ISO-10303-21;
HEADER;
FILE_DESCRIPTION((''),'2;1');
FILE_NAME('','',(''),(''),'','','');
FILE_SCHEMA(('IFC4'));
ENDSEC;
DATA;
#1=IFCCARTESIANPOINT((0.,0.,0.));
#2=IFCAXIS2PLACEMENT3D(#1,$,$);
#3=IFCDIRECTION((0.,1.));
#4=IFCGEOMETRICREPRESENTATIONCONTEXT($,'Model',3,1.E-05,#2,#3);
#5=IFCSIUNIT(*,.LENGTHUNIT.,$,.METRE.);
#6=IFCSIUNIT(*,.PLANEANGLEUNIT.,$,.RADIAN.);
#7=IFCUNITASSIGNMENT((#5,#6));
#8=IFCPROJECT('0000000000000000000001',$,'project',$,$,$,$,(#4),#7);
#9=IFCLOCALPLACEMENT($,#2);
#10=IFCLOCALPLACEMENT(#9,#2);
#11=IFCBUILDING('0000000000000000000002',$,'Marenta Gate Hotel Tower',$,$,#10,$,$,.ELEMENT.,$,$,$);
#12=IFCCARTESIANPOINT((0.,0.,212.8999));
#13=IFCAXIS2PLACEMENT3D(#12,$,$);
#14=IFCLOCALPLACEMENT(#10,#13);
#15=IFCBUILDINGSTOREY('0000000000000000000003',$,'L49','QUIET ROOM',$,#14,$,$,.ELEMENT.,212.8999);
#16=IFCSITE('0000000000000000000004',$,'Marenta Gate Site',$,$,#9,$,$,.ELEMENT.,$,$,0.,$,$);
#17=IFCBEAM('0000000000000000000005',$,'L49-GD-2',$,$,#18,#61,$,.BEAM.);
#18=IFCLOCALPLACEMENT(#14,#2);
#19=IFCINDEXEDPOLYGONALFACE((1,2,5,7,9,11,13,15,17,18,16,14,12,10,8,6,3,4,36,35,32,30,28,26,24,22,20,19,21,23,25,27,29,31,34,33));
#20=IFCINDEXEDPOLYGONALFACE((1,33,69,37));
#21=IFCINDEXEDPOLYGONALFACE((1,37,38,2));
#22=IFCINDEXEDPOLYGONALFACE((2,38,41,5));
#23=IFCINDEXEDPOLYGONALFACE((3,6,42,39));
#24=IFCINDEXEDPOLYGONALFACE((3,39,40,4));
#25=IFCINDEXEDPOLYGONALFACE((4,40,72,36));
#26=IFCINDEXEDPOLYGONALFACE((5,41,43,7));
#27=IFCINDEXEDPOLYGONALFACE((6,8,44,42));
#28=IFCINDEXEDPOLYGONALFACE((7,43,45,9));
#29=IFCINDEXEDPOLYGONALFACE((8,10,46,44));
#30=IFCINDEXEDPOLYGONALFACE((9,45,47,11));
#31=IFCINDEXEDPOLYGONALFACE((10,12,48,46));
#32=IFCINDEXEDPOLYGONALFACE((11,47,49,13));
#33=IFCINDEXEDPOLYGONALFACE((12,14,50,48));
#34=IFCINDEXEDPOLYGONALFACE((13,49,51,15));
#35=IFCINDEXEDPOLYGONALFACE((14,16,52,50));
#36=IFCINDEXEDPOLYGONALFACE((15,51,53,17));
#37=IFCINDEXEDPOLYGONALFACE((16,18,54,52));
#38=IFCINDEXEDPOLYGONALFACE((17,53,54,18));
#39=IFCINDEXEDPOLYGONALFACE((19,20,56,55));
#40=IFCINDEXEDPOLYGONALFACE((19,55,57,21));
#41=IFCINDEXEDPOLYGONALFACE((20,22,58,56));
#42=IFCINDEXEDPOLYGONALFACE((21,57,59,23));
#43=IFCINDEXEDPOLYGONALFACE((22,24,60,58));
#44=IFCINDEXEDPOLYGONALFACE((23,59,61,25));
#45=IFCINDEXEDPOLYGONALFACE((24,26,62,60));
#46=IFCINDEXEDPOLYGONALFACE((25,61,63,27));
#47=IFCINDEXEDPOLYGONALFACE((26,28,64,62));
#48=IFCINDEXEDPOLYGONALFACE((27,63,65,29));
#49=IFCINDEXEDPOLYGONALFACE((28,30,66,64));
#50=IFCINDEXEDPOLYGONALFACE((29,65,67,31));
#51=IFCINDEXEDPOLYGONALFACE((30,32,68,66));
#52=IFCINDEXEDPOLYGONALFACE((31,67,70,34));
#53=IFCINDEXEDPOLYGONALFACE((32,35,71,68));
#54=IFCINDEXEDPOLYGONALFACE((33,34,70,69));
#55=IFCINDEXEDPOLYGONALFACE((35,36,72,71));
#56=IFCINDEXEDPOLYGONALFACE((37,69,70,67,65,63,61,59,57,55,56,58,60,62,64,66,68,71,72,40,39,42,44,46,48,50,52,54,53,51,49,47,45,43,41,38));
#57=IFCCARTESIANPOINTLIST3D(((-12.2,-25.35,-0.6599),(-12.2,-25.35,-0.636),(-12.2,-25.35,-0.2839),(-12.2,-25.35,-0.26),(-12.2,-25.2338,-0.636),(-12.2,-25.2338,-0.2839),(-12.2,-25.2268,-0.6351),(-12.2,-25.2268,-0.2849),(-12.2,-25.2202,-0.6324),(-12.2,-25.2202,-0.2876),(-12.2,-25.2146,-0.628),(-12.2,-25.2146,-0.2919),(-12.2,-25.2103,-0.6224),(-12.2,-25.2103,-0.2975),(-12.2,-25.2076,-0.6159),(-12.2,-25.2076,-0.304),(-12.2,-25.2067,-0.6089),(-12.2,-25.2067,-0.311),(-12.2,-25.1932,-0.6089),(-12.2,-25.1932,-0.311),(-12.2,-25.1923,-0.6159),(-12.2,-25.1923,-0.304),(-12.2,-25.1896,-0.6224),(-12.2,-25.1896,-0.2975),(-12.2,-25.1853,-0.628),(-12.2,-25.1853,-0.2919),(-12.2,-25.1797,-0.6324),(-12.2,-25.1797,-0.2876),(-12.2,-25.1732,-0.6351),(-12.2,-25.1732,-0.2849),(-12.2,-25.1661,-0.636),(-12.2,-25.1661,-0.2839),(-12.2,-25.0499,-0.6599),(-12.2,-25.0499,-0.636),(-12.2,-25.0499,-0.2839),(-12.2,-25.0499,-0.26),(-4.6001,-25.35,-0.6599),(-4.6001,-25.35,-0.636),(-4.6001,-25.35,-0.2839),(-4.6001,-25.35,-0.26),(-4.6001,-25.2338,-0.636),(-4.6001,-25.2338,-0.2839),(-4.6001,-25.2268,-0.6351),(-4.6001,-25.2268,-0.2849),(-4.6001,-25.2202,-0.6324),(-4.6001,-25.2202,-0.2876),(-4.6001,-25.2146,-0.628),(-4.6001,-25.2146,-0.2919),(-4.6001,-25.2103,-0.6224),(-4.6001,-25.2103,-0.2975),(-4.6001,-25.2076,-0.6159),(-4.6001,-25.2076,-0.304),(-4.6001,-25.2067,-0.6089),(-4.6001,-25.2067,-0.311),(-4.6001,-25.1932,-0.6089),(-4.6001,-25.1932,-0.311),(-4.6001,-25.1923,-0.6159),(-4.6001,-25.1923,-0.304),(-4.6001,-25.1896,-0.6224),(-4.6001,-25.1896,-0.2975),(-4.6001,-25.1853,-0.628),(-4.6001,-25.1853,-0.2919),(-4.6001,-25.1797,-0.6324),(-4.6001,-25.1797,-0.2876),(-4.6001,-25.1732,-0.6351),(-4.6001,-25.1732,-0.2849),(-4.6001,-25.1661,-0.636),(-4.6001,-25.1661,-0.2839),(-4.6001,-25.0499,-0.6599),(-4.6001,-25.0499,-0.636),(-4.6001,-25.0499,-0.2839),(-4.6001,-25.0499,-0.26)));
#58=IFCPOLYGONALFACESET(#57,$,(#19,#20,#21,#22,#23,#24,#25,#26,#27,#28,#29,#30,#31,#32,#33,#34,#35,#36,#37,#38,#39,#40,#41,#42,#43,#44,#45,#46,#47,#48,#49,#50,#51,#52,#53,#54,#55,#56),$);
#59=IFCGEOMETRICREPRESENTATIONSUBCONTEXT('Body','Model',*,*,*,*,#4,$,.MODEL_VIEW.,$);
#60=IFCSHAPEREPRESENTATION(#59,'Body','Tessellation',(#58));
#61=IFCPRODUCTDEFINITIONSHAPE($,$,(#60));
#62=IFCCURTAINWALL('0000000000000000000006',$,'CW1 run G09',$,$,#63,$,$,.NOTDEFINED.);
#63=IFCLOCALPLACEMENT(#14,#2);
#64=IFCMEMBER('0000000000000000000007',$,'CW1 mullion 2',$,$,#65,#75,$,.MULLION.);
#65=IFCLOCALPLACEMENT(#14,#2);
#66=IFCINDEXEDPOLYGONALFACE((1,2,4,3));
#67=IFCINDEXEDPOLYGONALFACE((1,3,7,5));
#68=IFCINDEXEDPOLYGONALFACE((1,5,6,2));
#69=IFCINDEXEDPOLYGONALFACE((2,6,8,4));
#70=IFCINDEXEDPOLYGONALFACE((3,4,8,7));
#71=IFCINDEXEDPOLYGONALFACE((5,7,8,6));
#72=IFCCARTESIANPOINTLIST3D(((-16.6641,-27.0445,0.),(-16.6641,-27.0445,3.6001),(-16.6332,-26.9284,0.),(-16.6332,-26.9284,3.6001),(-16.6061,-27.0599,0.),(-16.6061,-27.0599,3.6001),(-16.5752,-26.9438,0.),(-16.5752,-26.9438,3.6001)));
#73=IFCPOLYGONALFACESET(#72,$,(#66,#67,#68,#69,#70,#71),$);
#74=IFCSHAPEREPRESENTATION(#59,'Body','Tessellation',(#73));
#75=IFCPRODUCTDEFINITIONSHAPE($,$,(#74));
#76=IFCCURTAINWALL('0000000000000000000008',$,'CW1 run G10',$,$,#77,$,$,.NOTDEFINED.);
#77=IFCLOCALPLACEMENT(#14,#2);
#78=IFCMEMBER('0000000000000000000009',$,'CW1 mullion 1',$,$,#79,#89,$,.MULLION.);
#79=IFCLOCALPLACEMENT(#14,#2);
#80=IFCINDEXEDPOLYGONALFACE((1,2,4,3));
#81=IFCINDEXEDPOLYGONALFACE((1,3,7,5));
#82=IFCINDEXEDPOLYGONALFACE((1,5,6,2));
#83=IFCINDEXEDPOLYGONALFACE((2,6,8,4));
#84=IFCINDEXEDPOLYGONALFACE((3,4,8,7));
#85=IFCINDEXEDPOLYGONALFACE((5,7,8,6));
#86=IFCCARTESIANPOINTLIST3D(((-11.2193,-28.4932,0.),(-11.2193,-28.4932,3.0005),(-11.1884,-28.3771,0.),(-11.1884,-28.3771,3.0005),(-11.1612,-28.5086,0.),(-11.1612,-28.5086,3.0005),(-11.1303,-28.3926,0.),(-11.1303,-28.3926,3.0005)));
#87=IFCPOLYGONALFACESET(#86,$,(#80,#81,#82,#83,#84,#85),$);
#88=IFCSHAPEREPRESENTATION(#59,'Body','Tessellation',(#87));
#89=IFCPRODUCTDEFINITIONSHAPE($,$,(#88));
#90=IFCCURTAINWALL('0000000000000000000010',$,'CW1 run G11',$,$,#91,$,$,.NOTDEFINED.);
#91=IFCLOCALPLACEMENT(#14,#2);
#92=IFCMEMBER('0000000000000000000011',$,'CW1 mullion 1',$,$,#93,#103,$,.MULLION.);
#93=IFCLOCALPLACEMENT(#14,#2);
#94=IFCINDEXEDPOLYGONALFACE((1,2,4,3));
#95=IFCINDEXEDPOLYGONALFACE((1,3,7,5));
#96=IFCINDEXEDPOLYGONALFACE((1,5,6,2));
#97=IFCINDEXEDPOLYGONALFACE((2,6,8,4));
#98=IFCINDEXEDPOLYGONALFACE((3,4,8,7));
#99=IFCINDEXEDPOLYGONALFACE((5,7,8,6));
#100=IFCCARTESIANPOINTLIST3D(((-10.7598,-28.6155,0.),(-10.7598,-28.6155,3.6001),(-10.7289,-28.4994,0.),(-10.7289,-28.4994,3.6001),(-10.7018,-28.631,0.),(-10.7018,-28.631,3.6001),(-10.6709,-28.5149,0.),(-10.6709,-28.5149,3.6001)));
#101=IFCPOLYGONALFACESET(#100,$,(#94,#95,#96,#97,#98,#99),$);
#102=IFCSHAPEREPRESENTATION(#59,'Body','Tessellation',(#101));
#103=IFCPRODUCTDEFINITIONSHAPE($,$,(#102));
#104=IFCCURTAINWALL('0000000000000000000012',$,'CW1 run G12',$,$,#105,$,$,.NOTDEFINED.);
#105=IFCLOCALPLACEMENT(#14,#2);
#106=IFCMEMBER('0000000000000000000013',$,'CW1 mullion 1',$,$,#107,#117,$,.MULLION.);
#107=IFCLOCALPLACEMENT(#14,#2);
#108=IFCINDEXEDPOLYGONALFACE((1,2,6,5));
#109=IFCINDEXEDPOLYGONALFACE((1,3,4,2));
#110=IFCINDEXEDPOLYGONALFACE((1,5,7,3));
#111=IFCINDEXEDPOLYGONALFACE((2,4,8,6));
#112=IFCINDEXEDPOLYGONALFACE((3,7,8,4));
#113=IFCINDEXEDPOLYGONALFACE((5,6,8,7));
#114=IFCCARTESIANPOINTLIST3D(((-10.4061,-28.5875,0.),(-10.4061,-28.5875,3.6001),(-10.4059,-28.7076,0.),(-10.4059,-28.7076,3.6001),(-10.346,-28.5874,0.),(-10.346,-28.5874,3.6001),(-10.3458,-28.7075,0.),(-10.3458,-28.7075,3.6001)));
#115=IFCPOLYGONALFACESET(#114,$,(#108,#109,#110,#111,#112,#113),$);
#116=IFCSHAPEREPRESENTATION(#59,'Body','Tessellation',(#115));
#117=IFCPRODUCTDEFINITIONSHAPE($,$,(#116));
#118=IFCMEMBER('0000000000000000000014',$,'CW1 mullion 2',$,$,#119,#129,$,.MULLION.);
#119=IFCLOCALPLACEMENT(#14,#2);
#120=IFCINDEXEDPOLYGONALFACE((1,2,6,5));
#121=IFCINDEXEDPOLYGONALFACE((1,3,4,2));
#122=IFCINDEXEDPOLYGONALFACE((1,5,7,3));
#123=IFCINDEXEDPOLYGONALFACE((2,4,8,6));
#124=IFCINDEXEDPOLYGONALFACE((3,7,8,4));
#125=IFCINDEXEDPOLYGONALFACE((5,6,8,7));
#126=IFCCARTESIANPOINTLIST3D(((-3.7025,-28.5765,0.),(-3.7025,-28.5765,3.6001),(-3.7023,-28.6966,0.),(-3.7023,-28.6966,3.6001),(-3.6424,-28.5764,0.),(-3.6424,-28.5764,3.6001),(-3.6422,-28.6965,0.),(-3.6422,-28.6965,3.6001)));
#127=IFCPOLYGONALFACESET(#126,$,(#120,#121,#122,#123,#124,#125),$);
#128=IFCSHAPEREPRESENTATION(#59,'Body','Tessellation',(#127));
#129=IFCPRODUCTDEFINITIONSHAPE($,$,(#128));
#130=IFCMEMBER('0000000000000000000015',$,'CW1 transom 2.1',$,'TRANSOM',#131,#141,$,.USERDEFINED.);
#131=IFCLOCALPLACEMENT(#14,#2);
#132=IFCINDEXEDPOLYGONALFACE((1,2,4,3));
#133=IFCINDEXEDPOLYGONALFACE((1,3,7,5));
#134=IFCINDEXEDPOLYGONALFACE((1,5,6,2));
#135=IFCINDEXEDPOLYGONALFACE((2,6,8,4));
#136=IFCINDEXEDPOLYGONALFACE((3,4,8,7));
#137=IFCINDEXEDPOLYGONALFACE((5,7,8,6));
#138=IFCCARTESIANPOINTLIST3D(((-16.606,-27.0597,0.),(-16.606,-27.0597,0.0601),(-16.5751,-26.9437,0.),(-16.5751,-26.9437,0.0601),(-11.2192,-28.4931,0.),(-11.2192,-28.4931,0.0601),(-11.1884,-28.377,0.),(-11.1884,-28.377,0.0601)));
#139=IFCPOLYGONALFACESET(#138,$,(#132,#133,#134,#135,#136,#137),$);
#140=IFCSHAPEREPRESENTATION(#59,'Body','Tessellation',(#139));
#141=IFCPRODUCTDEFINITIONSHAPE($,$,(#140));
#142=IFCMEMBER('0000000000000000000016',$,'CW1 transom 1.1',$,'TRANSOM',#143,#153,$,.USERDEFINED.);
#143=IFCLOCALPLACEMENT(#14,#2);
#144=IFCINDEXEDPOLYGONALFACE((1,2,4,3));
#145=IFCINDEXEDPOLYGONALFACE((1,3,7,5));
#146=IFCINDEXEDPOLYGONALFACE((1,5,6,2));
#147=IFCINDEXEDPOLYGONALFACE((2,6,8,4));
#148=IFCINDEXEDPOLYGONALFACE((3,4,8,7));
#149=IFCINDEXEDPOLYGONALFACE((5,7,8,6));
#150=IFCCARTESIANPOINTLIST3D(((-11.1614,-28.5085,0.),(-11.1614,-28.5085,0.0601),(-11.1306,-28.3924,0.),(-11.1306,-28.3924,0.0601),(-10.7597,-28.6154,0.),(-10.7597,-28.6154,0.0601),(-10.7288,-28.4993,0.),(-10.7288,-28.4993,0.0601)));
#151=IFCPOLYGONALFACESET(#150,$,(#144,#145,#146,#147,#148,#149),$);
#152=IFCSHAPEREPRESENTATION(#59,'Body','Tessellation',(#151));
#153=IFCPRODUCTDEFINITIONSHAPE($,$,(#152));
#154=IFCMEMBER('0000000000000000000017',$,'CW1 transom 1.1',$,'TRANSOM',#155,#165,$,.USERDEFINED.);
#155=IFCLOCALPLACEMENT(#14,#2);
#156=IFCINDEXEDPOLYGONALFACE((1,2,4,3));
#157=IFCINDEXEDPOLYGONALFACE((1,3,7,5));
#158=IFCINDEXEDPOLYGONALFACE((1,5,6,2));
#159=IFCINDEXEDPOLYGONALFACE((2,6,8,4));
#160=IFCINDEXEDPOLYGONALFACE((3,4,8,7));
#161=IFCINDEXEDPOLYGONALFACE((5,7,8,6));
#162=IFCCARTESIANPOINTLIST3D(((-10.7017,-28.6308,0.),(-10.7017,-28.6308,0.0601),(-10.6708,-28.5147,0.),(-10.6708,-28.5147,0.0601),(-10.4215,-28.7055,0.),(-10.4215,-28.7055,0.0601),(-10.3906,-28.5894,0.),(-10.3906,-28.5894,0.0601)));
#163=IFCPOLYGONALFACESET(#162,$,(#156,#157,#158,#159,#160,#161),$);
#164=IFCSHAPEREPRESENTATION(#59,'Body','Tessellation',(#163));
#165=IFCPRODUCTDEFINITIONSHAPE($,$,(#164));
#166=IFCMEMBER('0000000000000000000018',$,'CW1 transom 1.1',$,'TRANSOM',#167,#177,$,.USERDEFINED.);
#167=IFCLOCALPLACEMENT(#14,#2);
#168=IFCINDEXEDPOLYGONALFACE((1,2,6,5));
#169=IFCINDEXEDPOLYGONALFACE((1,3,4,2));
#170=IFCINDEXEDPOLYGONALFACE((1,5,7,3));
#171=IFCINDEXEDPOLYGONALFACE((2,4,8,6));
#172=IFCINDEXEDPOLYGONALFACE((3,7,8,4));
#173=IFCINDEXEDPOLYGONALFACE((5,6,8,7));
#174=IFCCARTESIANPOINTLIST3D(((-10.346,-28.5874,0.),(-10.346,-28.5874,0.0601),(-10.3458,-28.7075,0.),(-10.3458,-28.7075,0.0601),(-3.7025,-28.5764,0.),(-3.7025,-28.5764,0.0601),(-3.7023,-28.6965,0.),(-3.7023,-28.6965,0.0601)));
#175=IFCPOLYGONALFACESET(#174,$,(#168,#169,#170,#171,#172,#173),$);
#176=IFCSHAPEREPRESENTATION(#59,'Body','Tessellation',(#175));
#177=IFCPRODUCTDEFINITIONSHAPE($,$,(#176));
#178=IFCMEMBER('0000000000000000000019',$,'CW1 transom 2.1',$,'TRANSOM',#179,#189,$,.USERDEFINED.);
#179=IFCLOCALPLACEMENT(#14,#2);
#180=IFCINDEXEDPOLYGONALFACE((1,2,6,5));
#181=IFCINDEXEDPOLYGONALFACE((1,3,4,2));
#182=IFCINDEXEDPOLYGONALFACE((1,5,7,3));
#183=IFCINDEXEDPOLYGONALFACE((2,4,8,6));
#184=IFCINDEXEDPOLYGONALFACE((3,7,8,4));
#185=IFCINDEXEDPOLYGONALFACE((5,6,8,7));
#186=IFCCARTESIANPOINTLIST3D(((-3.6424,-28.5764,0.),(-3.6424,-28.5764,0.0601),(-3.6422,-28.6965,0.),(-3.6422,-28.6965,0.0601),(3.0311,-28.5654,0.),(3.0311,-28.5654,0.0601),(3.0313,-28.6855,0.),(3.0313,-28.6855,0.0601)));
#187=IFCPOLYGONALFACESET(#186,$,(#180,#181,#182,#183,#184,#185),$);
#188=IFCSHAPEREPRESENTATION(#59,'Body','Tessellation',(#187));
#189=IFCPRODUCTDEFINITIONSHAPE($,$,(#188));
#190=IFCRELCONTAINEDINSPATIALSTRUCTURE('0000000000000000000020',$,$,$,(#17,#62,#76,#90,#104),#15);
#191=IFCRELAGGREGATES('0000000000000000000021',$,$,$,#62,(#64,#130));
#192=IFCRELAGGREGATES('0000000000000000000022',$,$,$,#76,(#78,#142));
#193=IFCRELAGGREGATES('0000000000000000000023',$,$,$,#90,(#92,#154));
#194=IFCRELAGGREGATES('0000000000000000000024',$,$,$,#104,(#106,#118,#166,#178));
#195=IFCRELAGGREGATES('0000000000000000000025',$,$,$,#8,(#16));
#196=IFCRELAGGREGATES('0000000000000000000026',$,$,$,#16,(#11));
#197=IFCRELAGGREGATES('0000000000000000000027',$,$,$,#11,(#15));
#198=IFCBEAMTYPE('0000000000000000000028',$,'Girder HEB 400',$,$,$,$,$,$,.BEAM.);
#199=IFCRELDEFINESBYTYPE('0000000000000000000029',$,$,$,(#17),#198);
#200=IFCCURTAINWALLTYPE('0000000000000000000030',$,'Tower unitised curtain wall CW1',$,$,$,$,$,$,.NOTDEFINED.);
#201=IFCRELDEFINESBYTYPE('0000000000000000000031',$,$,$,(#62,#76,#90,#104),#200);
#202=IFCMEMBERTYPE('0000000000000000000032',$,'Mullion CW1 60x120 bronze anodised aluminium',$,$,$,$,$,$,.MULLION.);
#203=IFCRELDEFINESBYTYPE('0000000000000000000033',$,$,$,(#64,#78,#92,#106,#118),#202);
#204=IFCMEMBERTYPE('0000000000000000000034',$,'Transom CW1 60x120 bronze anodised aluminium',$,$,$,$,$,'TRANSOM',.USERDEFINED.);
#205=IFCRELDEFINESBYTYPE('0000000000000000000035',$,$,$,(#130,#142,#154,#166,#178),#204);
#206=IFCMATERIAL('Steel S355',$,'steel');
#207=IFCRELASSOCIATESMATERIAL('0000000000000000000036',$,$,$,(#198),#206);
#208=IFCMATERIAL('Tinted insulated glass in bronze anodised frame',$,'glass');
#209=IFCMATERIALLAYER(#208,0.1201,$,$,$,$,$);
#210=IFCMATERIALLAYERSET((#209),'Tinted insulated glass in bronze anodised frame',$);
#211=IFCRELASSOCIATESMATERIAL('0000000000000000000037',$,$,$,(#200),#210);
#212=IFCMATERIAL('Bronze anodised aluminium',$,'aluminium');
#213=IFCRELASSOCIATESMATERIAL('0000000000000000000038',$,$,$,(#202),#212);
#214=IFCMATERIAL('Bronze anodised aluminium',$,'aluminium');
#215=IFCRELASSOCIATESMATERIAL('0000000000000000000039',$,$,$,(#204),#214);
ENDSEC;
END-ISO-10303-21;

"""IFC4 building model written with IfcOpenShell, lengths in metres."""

from ifc_helpers import new_model, si_unit, direction, frame, origin, origin_2d, place, context, subcontext, project, spatial, rectangle, i_section, extrude, material, layer, layer_set, material_profile, profile_set, type_object, element, aggregate, save


model = new_model("IFC4")

# Units and contexts
model_context = context("Model", 3, precision=1e-05, world=origin(), true_north=direction((0.0, 1.0)))
body_context = subcontext(model_context, "Body", "Model", "MODEL_VIEW")
ifc_project = project(units=[si_unit("LENGTHUNIT", "METRE"), si_unit("PLANEANGLEUNIT", "RADIAN")], contexts=[model_context])

# Site, building, storey
site_placement = place(None, origin())
site = spatial("IfcSite", under=ifc_project, at=site_placement, Name="Marenta Gate Site", CompositionType="ELEMENT", RefElevation=0.0)
building_placement = place(site_placement, origin())
building = spatial("IfcBuilding", under=site, at=building_placement, Name="Marenta Gate Hotel Tower", CompositionType="ELEMENT")
storey_placement = place(building_placement, frame((0.0, 0.0, 212.8999)))
storey = spatial("IfcBuildingStorey", under=building, at=storey_placement, Name="L49", Description="QUIET ROOM", CompositionType="ELEMENT", Elevation=212.8999)

# Beam
ifc_material_1 = material(Name="Steel S355", Category="steel")
ifc_material_profile_1 = material_profile(ifc_material_1, i_section(OverallWidth=0.3, OverallDepth=0.3999, WebThickness=0.0134, FlangeThickness=0.0239, FilletRadius=0.0271, at=origin_2d()), Name="HEB 400")
ifc_profile_set_1 = profile_set([ifc_material_profile_1], Name="Steel S355")
beam_type_1 = type_object("IfcBeamType", Name="Girder HEB 400", PredefinedType="BEAM", material=ifc_profile_set_1)
beam_1_placement = place(storey_placement, frame((-12.2, -25.2, -0.46), z_axis=(1.0, 0.0, 0.0), x_axis=(0.0, 1.0, 0.0)))
element("IfcBeam", 1, at=beam_1_placement, inside=storey, type_object=beam_type_1, Name="L49-GD-2", PredefinedType="BEAM", context=body_context, shape_type="SweptSolid", body=[
    extrude(i_section(OverallWidth=0.3, OverallDepth=0.3999, WebThickness=0.0134, FlangeThickness=0.0239, FilletRadius=0.0271, at=origin_2d()), origin(), (0.0, 0.0, 1.0), 7.5999),
])

# Curtain walls, members
ifc_material_2 = material(Name="Tinted insulated glass in bronze anodised frame", Category="glass")
ifc_layer_1 = layer(ifc_material_2, 0.1201)
ifc_layer_set_1 = layer_set([ifc_layer_1], Name="Tinted insulated glass in bronze anodised frame")
curtain_wall_type = type_object("IfcCurtainWallType", Name="Tower unitised curtain wall CW1", PredefinedType="NOTDEFINED", material=ifc_layer_set_1)
curtain_wall_1_placement = place(storey_placement, origin())
curtain_wall_1 = element("IfcCurtainWall", 2, at=curtain_wall_1_placement, inside=storey, type_object=curtain_wall_type, Name="CW1 run G09", PredefinedType="NOTDEFINED")
ifc_material_3 = material(Name="Bronze anodised aluminium", Category="aluminium")
ifc_material_profile_2 = material_profile(ifc_material_3, rectangle(XDim=0.1201, YDim=0.0601, at=origin_2d()), Name="Mullion CW1 60x120 bronze anodised aluminium")
ifc_profile_set_2 = profile_set([ifc_material_profile_2], Name="Bronze anodised aluminium")
member_type_1 = type_object("IfcMemberType", Name="Mullion CW1 60x120 bronze anodised aluminium", PredefinedType="MULLION", material=ifc_profile_set_2)
member_1_placement = place(storey_placement, frame((-16.6196, -26.9941, 0.0), z_axis=(0.0, 0.0, 1.0), x_axis=(0.257132, 0.966376, 0.0)))
member_1 = element("IfcMember", 3, at=member_1_placement, type_object=member_type_1, Name="CW1 mullion 2", PredefinedType="MULLION", context=body_context, shape_type="SweptSolid", body=[
    extrude(rectangle(XDim=0.1201, YDim=0.0601, at=origin_2d()), origin(), (0.0, 0.0, 1.0), 3.6001),
])
curtain_wall_2_placement = place(storey_placement, origin())
curtain_wall_2 = element("IfcCurtainWall", 4, at=curtain_wall_2_placement, inside=storey, type_object=curtain_wall_type, Name="CW1 run G10", PredefinedType="NOTDEFINED")
member_2_placement = place(storey_placement, frame((-11.1748, -28.4429, 0.0), z_axis=(0.0, 0.0, 1.0), x_axis=(0.2571, 0.966385, 0.0)))
member_2 = element("IfcMember", 5, at=member_2_placement, type_object=member_type_1, Name="CW1 mullion 1", PredefinedType="MULLION", context=body_context, shape_type="SweptSolid", body=[
    extrude(rectangle(XDim=0.1201, YDim=0.0601, at=origin_2d()), origin(), (0.0, 0.0, 1.0), 3.0005),
])
curtain_wall_3_placement = place(storey_placement, origin())
curtain_wall_3 = element("IfcCurtainWall", 6, at=curtain_wall_3_placement, inside=storey, type_object=curtain_wall_type, Name="CW1 run G11", PredefinedType="NOTDEFINED")
member_3_placement = place(storey_placement, frame((-10.7153, -28.5652, 0.0), z_axis=(0.0, 0.0, 1.0), x_axis=(0.257431, 0.966297, 0.0)))
member_3 = element("IfcMember", 7, at=member_3_placement, type_object=member_type_1, Name="CW1 mullion 1", PredefinedType="MULLION", context=body_context, shape_type="SweptSolid", body=[
    extrude(rectangle(XDim=0.1201, YDim=0.0601, at=origin_2d()), origin(), (0.0, 0.0, 1.0), 3.6001),
])

# Curtain wall, members
curtain_wall_4_placement = place(storey_placement, origin())
curtain_wall_4 = element("IfcCurtainWall", 8, at=curtain_wall_4_placement, inside=storey, type_object=curtain_wall_type, Name="CW1 run G12", PredefinedType="NOTDEFINED")
member_4_placement = place(storey_placement, frame((-10.376, -28.6475, 0.0), z_axis=(0.0, 0.0, 1.0), x_axis=(-0.001643, 0.999999, 0.0)))
member_4 = element("IfcMember", 9, at=member_4_placement, type_object=member_type_1, Name="CW1 mullion 1", PredefinedType="MULLION", context=body_context, shape_type="SweptSolid", body=[
    extrude(rectangle(XDim=0.1201, YDim=0.0601, at=origin_2d()), origin(), (0.0, 0.0, 1.0), 3.6001),
])
member_5_placement = place(storey_placement, frame((-3.6724, -28.6365, 0.0), z_axis=(0.0, 0.0, 1.0), x_axis=(-0.001643, 0.999999, 0.0)))
member_5 = element("IfcMember", 10, at=member_5_placement, type_object=member_type_1, Name="CW1 mullion 2", PredefinedType="MULLION", context=body_context, shape_type="SweptSolid", body=[
    extrude(rectangle(XDim=0.1201, YDim=0.0601, at=origin_2d()), origin(), (0.0, 0.0, 1.0), 3.6001),
])

# Members
ifc_material_4 = material(Name="Bronze anodised aluminium", Category="aluminium")
ifc_material_profile_3 = material_profile(ifc_material_4, rectangle(XDim=0.1201, YDim=0.0601, at=origin_2d()), Name="Transom CW1 60x120 bronze anodised aluminium")
ifc_profile_set_3 = profile_set([ifc_material_profile_3], Name="Bronze anodised aluminium")
member_type_2 = type_object("IfcMemberType", Name="Transom CW1 60x120 bronze anodised aluminium", ElementType="TRANSOM", PredefinedType="USERDEFINED", material=ifc_profile_set_3)
member_6_placement = place(storey_placement, frame((-16.5906, -27.0017, 0.03), z_axis=(0.966374, -0.257142, 0.0), x_axis=(0.257142, 0.966374, 0.0)))
member_6 = element("IfcMember", 11, at=member_6_placement, type_object=member_type_2, Name="CW1 transom 2.1", ObjectType="TRANSOM", PredefinedType="USERDEFINED", context=body_context, shape_type="SweptSolid", body=[
    extrude(rectangle(XDim=0.1201, YDim=0.0601, at=origin_2d()), origin(), (0.0, 0.0, 1.0), 5.5742),
])
member_7_placement = place(storey_placement, frame((-11.146, -28.4504, 0.03), z_axis=(0.966371, -0.257151, 0.0), x_axis=(0.257151, 0.966371, 0.0)))
member_7 = element("IfcMember", 12, at=member_7_placement, type_object=member_type_2, Name="CW1 transom 1.1", ObjectType="TRANSOM", PredefinedType="USERDEFINED", context=body_context, shape_type="SweptSolid", body=[
    extrude(rectangle(XDim=0.1201, YDim=0.0601, at=origin_2d()), origin(), (0.0, 0.0, 1.0), 0.4158),
])
member_8_placement = place(storey_placement, frame((-10.6863, -28.5728, 0.03), z_axis=(0.966263, -0.257558, 0.0), x_axis=(0.257558, 0.966263, 0.0)))
member_8 = element("IfcMember", 13, at=member_8_placement, type_object=member_type_2, Name="CW1 transom 1.1", ObjectType="TRANSOM", PredefinedType="USERDEFINED", context=body_context, shape_type="SweptSolid", body=[
    extrude(rectangle(XDim=0.1201, YDim=0.0601, at=origin_2d()), origin(), (0.0, 0.0, 1.0), 0.29),
])
member_9_placement = place(storey_placement, frame((-10.3459, -28.6475, 0.03), z_axis=(0.999999, 0.001654, 0.0), x_axis=(-0.001654, 0.999999, 0.0)))
member_9 = element("IfcMember", 14, at=member_9_placement, type_object=member_type_2, Name="CW1 transom 1.1", ObjectType="TRANSOM", PredefinedType="USERDEFINED", context=body_context, shape_type="SweptSolid", body=[
    extrude(rectangle(XDim=0.1201, YDim=0.0601, at=origin_2d()), origin(), (0.0, 0.0, 1.0), 6.6436),
])
member_10_placement = place(storey_placement, frame((-3.6423, -28.6365, 0.03), z_axis=(0.999999, 0.001646, 0.0), x_axis=(-0.001646, 0.999999, 0.0)))
member_10 = element("IfcMember", 15, at=member_10_placement, type_object=member_type_2, Name="CW1 transom 2.1", ObjectType="TRANSOM", PredefinedType="USERDEFINED", context=body_context, shape_type="SweptSolid", body=[
    extrude(rectangle(XDim=0.1201, YDim=0.0601, at=origin_2d()), origin(), (0.0, 0.0, 1.0), 6.6736),
])

aggregate(curtain_wall_1, [member_1, member_6])
aggregate(curtain_wall_2, [member_2, member_7])
aggregate(curtain_wall_3, [member_3, member_8])
aggregate(curtain_wall_4, [member_4, member_5, member_9, member_10])

save(model, "model.ifc")
